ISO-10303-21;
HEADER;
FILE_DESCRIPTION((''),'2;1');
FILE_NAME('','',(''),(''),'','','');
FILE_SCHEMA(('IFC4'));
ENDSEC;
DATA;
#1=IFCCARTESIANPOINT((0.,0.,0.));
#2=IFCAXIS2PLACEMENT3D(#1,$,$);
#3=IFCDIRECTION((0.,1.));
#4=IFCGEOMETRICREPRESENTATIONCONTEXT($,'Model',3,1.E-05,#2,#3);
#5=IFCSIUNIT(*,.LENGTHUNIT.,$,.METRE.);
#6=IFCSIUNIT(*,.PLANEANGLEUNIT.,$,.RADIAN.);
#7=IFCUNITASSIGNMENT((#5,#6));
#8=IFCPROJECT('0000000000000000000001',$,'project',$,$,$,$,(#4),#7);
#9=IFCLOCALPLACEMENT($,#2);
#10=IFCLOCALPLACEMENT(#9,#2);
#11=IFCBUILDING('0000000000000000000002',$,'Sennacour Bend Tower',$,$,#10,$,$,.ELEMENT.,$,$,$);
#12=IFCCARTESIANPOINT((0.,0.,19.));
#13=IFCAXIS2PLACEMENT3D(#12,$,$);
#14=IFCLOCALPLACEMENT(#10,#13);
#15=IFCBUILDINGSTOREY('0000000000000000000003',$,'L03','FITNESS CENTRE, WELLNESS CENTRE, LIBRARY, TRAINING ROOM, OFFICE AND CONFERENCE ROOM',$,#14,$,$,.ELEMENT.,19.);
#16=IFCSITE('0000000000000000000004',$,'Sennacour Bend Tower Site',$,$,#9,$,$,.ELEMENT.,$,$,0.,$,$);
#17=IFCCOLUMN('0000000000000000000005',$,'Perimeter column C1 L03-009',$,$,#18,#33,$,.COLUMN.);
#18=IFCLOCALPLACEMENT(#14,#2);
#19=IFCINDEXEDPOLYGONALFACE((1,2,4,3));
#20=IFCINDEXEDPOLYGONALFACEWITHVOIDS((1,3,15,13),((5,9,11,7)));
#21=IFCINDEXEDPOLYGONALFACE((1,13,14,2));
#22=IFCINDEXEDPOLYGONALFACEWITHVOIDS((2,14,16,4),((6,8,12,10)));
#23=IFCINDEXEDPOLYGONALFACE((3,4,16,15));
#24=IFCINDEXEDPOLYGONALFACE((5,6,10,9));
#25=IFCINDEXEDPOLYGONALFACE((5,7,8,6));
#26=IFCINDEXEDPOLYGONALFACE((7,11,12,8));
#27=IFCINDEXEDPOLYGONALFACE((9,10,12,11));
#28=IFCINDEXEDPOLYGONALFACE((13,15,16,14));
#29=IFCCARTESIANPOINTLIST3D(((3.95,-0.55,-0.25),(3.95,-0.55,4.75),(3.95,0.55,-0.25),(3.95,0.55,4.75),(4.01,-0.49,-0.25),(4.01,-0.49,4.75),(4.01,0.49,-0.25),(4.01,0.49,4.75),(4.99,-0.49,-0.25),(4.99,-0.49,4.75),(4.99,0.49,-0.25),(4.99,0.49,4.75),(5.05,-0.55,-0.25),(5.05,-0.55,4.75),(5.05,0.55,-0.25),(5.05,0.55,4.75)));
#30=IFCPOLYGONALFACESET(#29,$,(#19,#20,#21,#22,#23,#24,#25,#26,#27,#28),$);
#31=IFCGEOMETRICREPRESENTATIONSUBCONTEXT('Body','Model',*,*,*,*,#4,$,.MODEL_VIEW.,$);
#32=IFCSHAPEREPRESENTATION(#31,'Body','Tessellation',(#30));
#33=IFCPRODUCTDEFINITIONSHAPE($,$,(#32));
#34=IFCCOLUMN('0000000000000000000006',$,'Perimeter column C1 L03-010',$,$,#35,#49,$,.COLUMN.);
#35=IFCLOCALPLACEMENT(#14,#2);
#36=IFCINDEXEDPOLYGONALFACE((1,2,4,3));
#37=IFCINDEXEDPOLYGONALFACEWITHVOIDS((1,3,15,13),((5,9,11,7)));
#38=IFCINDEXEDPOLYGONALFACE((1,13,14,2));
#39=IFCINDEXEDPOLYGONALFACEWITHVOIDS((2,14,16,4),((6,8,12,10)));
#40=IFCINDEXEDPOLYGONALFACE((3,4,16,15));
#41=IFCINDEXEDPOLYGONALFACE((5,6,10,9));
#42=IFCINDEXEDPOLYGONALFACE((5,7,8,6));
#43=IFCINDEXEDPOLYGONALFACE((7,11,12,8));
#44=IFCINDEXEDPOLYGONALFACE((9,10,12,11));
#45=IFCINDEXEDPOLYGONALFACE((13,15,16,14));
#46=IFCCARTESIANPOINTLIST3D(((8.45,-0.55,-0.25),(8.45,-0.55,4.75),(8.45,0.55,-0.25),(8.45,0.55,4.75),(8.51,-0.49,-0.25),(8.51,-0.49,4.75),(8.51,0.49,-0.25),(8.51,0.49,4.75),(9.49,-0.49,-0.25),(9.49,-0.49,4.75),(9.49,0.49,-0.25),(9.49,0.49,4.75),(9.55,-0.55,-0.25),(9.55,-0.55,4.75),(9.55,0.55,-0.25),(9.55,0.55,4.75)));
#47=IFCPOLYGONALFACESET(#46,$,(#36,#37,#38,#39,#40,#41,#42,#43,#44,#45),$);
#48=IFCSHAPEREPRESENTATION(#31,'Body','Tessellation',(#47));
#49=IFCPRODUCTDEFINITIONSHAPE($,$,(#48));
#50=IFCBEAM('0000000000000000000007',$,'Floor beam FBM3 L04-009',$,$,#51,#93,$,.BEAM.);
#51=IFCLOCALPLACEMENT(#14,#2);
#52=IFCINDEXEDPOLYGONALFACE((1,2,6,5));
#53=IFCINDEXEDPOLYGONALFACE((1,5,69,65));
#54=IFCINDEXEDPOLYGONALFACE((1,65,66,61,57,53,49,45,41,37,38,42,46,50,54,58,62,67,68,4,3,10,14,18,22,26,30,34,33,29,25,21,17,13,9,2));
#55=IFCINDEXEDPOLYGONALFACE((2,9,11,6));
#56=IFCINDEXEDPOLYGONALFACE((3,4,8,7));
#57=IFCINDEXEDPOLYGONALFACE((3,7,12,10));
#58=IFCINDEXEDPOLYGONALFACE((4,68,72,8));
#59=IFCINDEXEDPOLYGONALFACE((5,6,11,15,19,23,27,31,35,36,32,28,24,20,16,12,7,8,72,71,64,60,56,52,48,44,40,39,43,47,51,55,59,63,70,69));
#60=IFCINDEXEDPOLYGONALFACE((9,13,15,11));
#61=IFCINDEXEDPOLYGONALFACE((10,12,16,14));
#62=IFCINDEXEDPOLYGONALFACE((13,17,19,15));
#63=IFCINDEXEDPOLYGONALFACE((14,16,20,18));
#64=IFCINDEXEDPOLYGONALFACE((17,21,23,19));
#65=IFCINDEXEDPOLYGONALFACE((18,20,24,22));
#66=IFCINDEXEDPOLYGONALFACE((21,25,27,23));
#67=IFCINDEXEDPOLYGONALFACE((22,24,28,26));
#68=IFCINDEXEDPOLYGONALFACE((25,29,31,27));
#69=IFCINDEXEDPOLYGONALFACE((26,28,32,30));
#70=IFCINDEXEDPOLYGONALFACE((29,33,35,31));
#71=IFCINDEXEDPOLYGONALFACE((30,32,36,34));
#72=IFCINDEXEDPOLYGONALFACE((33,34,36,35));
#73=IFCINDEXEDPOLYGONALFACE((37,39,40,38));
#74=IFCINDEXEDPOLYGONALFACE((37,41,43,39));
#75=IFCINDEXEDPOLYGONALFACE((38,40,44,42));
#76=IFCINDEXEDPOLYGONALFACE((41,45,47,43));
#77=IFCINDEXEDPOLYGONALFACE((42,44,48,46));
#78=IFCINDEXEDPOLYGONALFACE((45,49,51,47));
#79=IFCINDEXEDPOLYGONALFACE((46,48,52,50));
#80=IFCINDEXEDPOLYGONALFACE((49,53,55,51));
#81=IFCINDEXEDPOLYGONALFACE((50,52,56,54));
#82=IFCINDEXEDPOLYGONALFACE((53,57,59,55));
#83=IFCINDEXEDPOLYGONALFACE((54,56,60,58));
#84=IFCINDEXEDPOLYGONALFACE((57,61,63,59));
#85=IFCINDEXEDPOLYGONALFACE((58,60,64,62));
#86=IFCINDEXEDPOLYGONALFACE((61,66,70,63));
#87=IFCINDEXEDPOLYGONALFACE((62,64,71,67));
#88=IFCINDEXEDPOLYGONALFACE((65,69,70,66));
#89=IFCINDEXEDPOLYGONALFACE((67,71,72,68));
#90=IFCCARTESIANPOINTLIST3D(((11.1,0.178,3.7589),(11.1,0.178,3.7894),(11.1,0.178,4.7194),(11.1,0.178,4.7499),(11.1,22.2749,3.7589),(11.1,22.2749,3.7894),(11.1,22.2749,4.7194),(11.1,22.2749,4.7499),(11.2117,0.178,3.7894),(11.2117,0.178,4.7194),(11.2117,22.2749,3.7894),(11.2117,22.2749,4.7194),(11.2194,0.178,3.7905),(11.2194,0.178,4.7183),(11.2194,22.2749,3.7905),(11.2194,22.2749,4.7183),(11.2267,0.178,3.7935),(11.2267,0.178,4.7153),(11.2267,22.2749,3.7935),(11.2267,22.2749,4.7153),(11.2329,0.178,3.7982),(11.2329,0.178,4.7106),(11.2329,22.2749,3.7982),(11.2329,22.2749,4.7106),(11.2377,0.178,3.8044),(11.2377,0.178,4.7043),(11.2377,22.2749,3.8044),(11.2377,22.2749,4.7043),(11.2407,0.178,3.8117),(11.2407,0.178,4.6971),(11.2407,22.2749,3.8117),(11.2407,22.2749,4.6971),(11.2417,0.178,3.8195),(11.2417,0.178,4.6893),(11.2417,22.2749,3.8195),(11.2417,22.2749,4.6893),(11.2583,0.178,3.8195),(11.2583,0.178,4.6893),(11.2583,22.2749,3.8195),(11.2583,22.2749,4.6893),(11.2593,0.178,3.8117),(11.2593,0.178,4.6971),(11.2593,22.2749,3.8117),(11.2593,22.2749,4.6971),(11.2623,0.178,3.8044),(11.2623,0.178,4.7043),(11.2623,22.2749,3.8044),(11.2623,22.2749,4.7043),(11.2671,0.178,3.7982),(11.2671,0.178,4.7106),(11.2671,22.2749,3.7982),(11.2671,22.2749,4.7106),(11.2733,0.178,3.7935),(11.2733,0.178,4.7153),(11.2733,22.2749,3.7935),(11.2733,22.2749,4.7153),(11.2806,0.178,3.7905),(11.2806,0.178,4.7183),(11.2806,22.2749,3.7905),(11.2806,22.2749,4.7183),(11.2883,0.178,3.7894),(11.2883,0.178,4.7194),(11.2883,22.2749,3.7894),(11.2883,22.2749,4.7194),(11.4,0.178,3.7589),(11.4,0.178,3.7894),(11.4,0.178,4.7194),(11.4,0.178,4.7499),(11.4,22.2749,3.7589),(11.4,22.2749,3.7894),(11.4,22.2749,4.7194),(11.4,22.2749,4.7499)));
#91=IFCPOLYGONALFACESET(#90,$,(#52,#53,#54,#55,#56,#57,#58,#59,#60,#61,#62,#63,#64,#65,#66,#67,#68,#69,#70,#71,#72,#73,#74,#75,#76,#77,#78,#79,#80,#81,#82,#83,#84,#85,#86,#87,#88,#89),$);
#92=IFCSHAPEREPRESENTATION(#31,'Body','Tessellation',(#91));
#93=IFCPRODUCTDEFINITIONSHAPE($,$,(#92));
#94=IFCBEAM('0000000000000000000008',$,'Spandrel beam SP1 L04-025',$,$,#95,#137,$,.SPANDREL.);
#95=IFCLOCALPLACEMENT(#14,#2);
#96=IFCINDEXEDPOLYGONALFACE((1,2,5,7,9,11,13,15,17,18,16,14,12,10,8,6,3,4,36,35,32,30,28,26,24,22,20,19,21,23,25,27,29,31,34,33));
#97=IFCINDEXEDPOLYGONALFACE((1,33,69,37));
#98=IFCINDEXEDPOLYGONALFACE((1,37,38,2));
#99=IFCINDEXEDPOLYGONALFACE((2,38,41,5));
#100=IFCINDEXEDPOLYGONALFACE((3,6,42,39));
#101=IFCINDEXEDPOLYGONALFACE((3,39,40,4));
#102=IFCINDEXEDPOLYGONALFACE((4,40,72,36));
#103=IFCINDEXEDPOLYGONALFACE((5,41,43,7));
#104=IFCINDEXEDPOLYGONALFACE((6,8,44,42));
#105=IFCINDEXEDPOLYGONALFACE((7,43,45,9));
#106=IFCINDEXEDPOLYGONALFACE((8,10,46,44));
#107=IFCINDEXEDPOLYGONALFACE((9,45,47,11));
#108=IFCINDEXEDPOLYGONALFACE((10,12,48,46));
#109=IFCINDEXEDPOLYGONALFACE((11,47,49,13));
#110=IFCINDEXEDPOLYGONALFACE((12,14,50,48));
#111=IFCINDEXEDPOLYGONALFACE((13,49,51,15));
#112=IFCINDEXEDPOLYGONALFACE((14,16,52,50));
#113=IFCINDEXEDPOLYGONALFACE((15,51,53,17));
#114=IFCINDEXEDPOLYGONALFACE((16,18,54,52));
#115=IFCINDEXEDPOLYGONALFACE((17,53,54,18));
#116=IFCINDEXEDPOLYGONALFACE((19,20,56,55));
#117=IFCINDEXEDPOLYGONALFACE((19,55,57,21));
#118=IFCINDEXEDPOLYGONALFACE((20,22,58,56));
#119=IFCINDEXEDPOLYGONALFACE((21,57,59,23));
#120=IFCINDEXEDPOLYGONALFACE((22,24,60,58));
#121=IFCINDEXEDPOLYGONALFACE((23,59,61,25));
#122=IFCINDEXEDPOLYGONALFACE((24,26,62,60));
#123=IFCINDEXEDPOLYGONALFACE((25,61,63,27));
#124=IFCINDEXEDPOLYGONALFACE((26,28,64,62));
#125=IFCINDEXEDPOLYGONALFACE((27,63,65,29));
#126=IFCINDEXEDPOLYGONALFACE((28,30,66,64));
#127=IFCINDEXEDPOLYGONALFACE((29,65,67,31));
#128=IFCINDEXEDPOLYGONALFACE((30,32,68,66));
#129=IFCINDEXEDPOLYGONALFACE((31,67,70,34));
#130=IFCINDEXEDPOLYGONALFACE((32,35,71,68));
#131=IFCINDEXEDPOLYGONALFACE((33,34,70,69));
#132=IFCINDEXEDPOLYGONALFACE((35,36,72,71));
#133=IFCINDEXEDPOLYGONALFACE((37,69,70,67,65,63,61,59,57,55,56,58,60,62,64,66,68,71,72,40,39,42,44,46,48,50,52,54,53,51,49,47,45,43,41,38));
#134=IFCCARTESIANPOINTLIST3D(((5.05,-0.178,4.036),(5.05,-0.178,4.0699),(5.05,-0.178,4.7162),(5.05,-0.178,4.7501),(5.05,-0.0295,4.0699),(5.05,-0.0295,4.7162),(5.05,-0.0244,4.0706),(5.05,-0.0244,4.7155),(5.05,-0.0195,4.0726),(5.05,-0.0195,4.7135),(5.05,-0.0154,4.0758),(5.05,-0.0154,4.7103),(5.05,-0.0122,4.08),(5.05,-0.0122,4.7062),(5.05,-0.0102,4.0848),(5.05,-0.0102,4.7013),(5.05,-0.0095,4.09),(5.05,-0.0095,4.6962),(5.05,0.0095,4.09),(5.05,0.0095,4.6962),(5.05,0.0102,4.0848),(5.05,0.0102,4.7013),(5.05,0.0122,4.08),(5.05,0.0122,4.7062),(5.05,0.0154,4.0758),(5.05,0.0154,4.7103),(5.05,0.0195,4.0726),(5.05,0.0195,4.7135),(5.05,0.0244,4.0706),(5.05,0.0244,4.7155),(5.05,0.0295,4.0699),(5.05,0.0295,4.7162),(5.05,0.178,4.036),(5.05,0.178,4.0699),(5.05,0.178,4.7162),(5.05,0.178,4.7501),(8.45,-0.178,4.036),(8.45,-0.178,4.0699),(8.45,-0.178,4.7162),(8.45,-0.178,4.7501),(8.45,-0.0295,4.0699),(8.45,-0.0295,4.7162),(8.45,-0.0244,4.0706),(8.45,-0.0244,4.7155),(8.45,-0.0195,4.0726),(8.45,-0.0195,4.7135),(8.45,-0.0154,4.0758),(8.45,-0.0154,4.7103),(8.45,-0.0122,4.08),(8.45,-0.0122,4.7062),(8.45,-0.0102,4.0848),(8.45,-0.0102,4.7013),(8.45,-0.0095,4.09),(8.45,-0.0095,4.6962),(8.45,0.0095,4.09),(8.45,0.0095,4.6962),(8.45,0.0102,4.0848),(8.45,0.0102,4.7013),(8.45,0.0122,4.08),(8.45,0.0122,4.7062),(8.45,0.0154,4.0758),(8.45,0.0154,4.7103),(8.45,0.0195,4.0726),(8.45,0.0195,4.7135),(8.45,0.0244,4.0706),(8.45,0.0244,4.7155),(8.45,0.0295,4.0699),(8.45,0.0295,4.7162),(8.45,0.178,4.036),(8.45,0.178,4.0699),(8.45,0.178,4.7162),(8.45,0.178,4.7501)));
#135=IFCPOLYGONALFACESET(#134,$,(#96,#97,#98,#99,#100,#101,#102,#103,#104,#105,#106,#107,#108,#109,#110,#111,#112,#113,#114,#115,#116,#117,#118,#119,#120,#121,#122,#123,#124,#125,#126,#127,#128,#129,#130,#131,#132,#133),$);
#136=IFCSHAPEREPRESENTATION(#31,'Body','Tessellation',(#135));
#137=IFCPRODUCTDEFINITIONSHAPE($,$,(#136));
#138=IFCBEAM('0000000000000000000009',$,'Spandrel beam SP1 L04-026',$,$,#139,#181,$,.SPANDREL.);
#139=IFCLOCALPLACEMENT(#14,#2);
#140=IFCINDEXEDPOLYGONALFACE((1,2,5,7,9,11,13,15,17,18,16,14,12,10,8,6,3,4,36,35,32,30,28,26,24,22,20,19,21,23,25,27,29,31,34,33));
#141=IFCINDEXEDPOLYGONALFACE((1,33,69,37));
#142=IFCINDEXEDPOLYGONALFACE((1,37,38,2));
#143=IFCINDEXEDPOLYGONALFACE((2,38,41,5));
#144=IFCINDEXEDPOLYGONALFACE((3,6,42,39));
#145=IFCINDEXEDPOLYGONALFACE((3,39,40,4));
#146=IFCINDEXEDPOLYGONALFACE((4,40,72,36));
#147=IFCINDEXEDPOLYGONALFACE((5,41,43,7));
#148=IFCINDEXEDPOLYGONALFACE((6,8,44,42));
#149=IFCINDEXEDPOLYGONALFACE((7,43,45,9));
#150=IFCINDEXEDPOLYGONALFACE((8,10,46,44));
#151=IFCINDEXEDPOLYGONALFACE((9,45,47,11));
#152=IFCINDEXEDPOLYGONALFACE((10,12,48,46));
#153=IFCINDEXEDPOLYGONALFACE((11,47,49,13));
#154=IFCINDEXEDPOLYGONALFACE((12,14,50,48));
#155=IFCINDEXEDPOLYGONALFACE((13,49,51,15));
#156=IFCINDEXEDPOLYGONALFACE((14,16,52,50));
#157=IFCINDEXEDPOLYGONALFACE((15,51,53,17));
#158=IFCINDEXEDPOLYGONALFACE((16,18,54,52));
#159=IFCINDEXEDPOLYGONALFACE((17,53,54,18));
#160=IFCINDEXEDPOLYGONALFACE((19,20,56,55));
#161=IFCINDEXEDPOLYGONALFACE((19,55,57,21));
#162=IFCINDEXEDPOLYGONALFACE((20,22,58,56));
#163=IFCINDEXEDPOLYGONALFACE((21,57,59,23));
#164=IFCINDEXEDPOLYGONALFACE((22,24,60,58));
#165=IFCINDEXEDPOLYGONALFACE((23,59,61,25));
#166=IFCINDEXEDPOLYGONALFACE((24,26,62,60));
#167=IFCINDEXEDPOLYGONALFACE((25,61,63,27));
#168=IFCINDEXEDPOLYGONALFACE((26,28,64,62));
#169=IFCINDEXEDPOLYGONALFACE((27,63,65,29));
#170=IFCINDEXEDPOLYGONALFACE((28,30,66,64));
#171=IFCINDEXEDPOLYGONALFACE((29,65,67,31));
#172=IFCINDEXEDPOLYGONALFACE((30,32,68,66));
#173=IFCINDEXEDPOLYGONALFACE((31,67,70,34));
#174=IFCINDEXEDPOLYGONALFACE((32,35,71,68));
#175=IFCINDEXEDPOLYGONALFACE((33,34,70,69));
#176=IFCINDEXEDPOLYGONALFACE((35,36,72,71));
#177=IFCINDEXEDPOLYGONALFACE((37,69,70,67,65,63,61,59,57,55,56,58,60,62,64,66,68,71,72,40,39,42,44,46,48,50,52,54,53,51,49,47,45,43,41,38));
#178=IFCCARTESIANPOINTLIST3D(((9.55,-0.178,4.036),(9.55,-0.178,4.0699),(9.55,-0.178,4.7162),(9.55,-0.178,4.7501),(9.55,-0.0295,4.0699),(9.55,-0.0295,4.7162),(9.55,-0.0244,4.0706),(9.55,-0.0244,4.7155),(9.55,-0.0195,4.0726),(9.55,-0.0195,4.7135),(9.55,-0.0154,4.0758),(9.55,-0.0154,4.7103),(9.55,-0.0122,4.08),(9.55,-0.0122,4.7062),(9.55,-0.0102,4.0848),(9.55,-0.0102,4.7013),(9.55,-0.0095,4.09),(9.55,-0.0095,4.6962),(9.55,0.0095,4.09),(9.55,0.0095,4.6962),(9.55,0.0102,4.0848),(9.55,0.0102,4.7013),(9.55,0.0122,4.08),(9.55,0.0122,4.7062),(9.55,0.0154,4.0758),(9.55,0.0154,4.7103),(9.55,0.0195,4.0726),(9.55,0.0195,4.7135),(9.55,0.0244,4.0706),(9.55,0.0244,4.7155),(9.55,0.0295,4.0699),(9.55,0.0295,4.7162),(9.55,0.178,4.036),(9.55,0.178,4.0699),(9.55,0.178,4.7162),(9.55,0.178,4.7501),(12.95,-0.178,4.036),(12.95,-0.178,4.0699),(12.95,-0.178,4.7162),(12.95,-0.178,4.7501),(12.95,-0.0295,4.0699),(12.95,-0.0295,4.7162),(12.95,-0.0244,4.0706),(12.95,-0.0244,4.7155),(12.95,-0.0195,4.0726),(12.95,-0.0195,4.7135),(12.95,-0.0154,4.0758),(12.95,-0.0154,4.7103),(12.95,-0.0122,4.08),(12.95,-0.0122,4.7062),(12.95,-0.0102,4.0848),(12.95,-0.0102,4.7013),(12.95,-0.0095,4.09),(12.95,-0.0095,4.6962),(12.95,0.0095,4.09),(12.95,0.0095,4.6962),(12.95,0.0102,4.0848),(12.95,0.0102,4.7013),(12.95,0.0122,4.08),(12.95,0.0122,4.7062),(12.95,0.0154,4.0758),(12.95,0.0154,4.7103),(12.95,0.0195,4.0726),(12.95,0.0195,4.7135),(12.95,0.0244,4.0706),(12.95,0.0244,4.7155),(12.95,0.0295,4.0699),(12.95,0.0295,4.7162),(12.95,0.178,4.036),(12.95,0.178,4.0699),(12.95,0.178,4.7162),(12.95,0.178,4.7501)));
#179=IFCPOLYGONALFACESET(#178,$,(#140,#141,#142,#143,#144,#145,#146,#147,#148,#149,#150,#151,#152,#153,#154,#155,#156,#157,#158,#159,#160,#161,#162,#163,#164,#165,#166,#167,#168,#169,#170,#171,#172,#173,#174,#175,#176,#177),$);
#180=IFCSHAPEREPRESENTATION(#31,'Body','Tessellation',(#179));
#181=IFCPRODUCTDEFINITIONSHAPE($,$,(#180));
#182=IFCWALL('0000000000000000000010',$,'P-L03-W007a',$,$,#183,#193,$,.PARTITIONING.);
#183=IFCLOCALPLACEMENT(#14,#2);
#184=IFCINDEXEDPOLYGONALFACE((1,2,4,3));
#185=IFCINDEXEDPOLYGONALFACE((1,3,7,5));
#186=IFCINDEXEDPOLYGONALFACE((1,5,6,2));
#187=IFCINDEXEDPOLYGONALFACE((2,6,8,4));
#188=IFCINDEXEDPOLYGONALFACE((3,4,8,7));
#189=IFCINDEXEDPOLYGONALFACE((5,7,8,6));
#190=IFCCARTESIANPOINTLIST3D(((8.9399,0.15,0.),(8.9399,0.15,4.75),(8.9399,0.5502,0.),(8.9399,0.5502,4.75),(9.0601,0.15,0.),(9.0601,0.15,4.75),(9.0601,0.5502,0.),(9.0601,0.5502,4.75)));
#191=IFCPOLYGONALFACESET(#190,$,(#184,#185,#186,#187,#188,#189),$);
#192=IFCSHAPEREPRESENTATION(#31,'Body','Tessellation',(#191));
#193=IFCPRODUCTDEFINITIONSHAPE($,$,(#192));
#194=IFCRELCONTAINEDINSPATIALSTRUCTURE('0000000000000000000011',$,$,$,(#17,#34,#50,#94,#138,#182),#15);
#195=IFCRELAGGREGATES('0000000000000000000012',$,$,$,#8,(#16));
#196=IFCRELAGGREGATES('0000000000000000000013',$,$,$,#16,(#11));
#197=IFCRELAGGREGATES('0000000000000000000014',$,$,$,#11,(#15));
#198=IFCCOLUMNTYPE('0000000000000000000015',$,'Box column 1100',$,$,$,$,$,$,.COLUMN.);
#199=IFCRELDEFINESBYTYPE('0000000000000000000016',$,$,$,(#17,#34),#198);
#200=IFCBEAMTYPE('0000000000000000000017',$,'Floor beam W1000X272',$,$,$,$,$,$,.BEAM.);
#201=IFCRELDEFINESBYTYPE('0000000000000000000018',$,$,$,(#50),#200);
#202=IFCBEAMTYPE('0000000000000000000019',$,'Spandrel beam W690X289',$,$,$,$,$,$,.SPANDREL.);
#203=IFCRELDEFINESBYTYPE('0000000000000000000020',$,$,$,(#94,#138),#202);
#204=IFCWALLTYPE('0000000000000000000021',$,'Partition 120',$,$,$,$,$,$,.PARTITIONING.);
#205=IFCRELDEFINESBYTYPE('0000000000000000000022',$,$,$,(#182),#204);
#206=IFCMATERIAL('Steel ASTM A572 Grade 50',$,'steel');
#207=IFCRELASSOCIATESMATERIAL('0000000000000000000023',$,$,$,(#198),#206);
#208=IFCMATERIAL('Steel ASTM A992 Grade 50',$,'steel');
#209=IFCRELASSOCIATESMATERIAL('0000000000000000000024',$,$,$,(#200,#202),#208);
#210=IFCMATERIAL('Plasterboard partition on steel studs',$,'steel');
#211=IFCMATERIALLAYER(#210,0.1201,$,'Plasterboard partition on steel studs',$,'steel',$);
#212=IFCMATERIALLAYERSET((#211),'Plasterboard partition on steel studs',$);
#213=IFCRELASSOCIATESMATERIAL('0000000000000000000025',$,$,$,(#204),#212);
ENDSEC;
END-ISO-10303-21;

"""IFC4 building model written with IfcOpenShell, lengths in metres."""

from ifc_helpers import new_model, si_unit, direction, frame, frame_2d, origin, origin_2d, place, context, subcontext, project, spatial, rectangle, hollow_rectangle, i_section, extrude, material, layer, layer_set, material_profile, profile_set, type_object, element, save


model = new_model("IFC4")

# Units and contexts
model_context = context("Model", 3, precision=1e-05, world=origin(), true_north=direction((0.0, 1.0)))
body_context = subcontext(model_context, "Body", "Model", "MODEL_VIEW")
ifc_project = project(units=[si_unit("LENGTHUNIT", "METRE"), si_unit("PLANEANGLEUNIT", "RADIAN")], contexts=[model_context])

# Site, building, storey
site_placement = place(None, origin())
site = spatial("IfcSite", under=ifc_project, at=site_placement, Name="Sennacour Bend Tower Site", CompositionType="ELEMENT", RefElevation=0.0)
building_placement = place(site_placement, origin())
building = spatial("IfcBuilding", under=site, at=building_placement, Name="Sennacour Bend Tower", CompositionType="ELEMENT")
storey_placement = place(building_placement, frame((0.0, 0.0, 19.0)))
storey = spatial("IfcBuildingStorey", under=building, at=storey_placement, Name="L03", Description="FITNESS CENTRE, WELLNESS CENTRE, LIBRARY, TRAINING ROOM, OFFICE AND CONFERENCE ROOM", CompositionType="ELEMENT", Elevation=19.0)

# Columns
ifc_material_1 = material(Name="Steel ASTM A572 Grade 50", Category="steel")
ifc_material_profile_1 = material_profile(ifc_material_1, hollow_rectangle(XDim=1.1001, YDim=1.1001, WallThickness=0.0601, at=origin_2d()), Name="Steel ASTM A572 Grade 50", Category="steel")
ifc_profile_set_1 = profile_set([ifc_material_profile_1], Name="Steel ASTM A572 Grade 50")
column_type = type_object("IfcColumnType", Name="Box column 1100", PredefinedType="COLUMN", material=ifc_profile_set_1)
for number, where, z_axis, x_axis, name in (
    (1, (4.5, 0.0, -0.25), (0.0, 0.0, 1.0), (1.0, 0.0, 0.0), "Perimeter column C1 L03-009"),
    (2, (9.0, 0.0, -0.25), (0.0, 0.0, 1.0), (1.0, 0.0, 0.0), "Perimeter column C1 L03-010"),
):
    element("IfcColumn", number, at=place(storey_placement, frame(where, z_axis=z_axis, x_axis=x_axis)), inside=storey, type_object=column_type, Name=name, PredefinedType="COLUMN", context=body_context, shape_type="SweptSolid", body=[
        extrude(hollow_rectangle(XDim=1.1001, YDim=1.1001, WallThickness=0.0601, at=origin_2d()), origin(), (0.0, 0.0, 1.0), 5.0),
    ])

# Beams
ifc_material_2 = material(Name="Steel ASTM A992 Grade 50", Category="steel")
ifc_material_profile_2 = material_profile(ifc_material_2, i_section(OverallWidth=0.3, OverallDepth=0.991, WebThickness=0.0166, FlangeThickness=0.0305, FilletRadius=0.03, at=origin_2d()), Name="Steel ASTM A992 Grade 50", Category="steel")
ifc_profile_set_2 = profile_set([ifc_material_profile_2], Name="Steel ASTM A992 Grade 50")
beam_type_1 = type_object("IfcBeamType", Name="Floor beam W1000X272", PredefinedType="BEAM", material=ifc_profile_set_2)
beam_placement = place(storey_placement, frame((11.25, 0.178, 4.2544), z_axis=(0.0, 1.0, 0.0), x_axis=(-1.0, 0.0, 0.0)))
element("IfcBeam", 3, at=beam_placement, inside=storey, type_object=beam_type_1, Name="Floor beam FBM3 L04-009", PredefinedType="BEAM", context=body_context, shape_type="SweptSolid", body=[
    extrude(i_section(OverallWidth=0.3, OverallDepth=0.991, WebThickness=0.0166, FlangeThickness=0.0305, FilletRadius=0.03, at=origin_2d()), origin(), (0.0, 0.0, 1.0), 22.0969),
])
ifc_material_profile_3 = material_profile(ifc_material_2, i_section(OverallWidth=0.356, OverallDepth=0.7141, WebThickness=0.019, FlangeThickness=0.0339, FilletRadius=0.02, at=origin_2d()), Name="Steel ASTM A992 Grade 50", Category="steel")
ifc_profile_set_3 = profile_set([ifc_material_profile_3], Name="Steel ASTM A992 Grade 50")
beam_type_2 = type_object("IfcBeamType", Name="Spandrel beam W690X289", PredefinedType="SPANDREL", material=ifc_profile_set_3)
for number, where, z_axis, x_axis, name in (
    (4, (5.05, 0.0, 4.3931), (1.0, 0.0, 0.0), (0.0, 1.0, 0.0), "Spandrel beam SP1 L04-025"),
    (5, (9.55, 0.0, 4.3931), (1.0, 0.0, 0.0), (0.0, 1.0, 0.0), "Spandrel beam SP1 L04-026"),
):
    element("IfcBeam", number, at=place(storey_placement, frame(where, z_axis=z_axis, x_axis=x_axis)), inside=storey, type_object=beam_type_2, Name=name, PredefinedType="SPANDREL", context=body_context, shape_type="SweptSolid", body=[
        extrude(i_section(OverallWidth=0.356, OverallDepth=0.7141, WebThickness=0.019, FlangeThickness=0.0339, FilletRadius=0.02, at=origin_2d()), origin(), (0.0, 0.0, 1.0), 3.3999),
    ])

# Wall
ifc_material_3 = material(Name="Plasterboard partition on steel studs", Category="steel")
ifc_layer_1 = layer(ifc_material_3, 0.1201, Name="Plasterboard partition on steel studs", Category="steel")
ifc_layer_set_1 = layer_set([ifc_layer_1], Name="Plasterboard partition on steel studs")
wall_type_1 = type_object("IfcWallType", Name="Partition 120", PredefinedType="PARTITIONING", material=ifc_layer_set_1)
wall_1_placement = place(storey_placement, frame((9.0, 0.1499, 0.0), z_axis=(0.0, 0.0, 1.0), x_axis=(0.0, 1.0, 0.0)))
element("IfcWall", 6, at=wall_1_placement, inside=storey, type_object=wall_type_1, Name="P-L03-W007a", PredefinedType="PARTITIONING", context=body_context, shape_type="SweptSolid", body=[
    extrude(rectangle(XDim=0.4001, YDim=0.1201, at=frame_2d((0.2002, 0.0))), origin(), (0.0, 0.0, 1.0), 4.75),
])

save(model, "model.ifc")
